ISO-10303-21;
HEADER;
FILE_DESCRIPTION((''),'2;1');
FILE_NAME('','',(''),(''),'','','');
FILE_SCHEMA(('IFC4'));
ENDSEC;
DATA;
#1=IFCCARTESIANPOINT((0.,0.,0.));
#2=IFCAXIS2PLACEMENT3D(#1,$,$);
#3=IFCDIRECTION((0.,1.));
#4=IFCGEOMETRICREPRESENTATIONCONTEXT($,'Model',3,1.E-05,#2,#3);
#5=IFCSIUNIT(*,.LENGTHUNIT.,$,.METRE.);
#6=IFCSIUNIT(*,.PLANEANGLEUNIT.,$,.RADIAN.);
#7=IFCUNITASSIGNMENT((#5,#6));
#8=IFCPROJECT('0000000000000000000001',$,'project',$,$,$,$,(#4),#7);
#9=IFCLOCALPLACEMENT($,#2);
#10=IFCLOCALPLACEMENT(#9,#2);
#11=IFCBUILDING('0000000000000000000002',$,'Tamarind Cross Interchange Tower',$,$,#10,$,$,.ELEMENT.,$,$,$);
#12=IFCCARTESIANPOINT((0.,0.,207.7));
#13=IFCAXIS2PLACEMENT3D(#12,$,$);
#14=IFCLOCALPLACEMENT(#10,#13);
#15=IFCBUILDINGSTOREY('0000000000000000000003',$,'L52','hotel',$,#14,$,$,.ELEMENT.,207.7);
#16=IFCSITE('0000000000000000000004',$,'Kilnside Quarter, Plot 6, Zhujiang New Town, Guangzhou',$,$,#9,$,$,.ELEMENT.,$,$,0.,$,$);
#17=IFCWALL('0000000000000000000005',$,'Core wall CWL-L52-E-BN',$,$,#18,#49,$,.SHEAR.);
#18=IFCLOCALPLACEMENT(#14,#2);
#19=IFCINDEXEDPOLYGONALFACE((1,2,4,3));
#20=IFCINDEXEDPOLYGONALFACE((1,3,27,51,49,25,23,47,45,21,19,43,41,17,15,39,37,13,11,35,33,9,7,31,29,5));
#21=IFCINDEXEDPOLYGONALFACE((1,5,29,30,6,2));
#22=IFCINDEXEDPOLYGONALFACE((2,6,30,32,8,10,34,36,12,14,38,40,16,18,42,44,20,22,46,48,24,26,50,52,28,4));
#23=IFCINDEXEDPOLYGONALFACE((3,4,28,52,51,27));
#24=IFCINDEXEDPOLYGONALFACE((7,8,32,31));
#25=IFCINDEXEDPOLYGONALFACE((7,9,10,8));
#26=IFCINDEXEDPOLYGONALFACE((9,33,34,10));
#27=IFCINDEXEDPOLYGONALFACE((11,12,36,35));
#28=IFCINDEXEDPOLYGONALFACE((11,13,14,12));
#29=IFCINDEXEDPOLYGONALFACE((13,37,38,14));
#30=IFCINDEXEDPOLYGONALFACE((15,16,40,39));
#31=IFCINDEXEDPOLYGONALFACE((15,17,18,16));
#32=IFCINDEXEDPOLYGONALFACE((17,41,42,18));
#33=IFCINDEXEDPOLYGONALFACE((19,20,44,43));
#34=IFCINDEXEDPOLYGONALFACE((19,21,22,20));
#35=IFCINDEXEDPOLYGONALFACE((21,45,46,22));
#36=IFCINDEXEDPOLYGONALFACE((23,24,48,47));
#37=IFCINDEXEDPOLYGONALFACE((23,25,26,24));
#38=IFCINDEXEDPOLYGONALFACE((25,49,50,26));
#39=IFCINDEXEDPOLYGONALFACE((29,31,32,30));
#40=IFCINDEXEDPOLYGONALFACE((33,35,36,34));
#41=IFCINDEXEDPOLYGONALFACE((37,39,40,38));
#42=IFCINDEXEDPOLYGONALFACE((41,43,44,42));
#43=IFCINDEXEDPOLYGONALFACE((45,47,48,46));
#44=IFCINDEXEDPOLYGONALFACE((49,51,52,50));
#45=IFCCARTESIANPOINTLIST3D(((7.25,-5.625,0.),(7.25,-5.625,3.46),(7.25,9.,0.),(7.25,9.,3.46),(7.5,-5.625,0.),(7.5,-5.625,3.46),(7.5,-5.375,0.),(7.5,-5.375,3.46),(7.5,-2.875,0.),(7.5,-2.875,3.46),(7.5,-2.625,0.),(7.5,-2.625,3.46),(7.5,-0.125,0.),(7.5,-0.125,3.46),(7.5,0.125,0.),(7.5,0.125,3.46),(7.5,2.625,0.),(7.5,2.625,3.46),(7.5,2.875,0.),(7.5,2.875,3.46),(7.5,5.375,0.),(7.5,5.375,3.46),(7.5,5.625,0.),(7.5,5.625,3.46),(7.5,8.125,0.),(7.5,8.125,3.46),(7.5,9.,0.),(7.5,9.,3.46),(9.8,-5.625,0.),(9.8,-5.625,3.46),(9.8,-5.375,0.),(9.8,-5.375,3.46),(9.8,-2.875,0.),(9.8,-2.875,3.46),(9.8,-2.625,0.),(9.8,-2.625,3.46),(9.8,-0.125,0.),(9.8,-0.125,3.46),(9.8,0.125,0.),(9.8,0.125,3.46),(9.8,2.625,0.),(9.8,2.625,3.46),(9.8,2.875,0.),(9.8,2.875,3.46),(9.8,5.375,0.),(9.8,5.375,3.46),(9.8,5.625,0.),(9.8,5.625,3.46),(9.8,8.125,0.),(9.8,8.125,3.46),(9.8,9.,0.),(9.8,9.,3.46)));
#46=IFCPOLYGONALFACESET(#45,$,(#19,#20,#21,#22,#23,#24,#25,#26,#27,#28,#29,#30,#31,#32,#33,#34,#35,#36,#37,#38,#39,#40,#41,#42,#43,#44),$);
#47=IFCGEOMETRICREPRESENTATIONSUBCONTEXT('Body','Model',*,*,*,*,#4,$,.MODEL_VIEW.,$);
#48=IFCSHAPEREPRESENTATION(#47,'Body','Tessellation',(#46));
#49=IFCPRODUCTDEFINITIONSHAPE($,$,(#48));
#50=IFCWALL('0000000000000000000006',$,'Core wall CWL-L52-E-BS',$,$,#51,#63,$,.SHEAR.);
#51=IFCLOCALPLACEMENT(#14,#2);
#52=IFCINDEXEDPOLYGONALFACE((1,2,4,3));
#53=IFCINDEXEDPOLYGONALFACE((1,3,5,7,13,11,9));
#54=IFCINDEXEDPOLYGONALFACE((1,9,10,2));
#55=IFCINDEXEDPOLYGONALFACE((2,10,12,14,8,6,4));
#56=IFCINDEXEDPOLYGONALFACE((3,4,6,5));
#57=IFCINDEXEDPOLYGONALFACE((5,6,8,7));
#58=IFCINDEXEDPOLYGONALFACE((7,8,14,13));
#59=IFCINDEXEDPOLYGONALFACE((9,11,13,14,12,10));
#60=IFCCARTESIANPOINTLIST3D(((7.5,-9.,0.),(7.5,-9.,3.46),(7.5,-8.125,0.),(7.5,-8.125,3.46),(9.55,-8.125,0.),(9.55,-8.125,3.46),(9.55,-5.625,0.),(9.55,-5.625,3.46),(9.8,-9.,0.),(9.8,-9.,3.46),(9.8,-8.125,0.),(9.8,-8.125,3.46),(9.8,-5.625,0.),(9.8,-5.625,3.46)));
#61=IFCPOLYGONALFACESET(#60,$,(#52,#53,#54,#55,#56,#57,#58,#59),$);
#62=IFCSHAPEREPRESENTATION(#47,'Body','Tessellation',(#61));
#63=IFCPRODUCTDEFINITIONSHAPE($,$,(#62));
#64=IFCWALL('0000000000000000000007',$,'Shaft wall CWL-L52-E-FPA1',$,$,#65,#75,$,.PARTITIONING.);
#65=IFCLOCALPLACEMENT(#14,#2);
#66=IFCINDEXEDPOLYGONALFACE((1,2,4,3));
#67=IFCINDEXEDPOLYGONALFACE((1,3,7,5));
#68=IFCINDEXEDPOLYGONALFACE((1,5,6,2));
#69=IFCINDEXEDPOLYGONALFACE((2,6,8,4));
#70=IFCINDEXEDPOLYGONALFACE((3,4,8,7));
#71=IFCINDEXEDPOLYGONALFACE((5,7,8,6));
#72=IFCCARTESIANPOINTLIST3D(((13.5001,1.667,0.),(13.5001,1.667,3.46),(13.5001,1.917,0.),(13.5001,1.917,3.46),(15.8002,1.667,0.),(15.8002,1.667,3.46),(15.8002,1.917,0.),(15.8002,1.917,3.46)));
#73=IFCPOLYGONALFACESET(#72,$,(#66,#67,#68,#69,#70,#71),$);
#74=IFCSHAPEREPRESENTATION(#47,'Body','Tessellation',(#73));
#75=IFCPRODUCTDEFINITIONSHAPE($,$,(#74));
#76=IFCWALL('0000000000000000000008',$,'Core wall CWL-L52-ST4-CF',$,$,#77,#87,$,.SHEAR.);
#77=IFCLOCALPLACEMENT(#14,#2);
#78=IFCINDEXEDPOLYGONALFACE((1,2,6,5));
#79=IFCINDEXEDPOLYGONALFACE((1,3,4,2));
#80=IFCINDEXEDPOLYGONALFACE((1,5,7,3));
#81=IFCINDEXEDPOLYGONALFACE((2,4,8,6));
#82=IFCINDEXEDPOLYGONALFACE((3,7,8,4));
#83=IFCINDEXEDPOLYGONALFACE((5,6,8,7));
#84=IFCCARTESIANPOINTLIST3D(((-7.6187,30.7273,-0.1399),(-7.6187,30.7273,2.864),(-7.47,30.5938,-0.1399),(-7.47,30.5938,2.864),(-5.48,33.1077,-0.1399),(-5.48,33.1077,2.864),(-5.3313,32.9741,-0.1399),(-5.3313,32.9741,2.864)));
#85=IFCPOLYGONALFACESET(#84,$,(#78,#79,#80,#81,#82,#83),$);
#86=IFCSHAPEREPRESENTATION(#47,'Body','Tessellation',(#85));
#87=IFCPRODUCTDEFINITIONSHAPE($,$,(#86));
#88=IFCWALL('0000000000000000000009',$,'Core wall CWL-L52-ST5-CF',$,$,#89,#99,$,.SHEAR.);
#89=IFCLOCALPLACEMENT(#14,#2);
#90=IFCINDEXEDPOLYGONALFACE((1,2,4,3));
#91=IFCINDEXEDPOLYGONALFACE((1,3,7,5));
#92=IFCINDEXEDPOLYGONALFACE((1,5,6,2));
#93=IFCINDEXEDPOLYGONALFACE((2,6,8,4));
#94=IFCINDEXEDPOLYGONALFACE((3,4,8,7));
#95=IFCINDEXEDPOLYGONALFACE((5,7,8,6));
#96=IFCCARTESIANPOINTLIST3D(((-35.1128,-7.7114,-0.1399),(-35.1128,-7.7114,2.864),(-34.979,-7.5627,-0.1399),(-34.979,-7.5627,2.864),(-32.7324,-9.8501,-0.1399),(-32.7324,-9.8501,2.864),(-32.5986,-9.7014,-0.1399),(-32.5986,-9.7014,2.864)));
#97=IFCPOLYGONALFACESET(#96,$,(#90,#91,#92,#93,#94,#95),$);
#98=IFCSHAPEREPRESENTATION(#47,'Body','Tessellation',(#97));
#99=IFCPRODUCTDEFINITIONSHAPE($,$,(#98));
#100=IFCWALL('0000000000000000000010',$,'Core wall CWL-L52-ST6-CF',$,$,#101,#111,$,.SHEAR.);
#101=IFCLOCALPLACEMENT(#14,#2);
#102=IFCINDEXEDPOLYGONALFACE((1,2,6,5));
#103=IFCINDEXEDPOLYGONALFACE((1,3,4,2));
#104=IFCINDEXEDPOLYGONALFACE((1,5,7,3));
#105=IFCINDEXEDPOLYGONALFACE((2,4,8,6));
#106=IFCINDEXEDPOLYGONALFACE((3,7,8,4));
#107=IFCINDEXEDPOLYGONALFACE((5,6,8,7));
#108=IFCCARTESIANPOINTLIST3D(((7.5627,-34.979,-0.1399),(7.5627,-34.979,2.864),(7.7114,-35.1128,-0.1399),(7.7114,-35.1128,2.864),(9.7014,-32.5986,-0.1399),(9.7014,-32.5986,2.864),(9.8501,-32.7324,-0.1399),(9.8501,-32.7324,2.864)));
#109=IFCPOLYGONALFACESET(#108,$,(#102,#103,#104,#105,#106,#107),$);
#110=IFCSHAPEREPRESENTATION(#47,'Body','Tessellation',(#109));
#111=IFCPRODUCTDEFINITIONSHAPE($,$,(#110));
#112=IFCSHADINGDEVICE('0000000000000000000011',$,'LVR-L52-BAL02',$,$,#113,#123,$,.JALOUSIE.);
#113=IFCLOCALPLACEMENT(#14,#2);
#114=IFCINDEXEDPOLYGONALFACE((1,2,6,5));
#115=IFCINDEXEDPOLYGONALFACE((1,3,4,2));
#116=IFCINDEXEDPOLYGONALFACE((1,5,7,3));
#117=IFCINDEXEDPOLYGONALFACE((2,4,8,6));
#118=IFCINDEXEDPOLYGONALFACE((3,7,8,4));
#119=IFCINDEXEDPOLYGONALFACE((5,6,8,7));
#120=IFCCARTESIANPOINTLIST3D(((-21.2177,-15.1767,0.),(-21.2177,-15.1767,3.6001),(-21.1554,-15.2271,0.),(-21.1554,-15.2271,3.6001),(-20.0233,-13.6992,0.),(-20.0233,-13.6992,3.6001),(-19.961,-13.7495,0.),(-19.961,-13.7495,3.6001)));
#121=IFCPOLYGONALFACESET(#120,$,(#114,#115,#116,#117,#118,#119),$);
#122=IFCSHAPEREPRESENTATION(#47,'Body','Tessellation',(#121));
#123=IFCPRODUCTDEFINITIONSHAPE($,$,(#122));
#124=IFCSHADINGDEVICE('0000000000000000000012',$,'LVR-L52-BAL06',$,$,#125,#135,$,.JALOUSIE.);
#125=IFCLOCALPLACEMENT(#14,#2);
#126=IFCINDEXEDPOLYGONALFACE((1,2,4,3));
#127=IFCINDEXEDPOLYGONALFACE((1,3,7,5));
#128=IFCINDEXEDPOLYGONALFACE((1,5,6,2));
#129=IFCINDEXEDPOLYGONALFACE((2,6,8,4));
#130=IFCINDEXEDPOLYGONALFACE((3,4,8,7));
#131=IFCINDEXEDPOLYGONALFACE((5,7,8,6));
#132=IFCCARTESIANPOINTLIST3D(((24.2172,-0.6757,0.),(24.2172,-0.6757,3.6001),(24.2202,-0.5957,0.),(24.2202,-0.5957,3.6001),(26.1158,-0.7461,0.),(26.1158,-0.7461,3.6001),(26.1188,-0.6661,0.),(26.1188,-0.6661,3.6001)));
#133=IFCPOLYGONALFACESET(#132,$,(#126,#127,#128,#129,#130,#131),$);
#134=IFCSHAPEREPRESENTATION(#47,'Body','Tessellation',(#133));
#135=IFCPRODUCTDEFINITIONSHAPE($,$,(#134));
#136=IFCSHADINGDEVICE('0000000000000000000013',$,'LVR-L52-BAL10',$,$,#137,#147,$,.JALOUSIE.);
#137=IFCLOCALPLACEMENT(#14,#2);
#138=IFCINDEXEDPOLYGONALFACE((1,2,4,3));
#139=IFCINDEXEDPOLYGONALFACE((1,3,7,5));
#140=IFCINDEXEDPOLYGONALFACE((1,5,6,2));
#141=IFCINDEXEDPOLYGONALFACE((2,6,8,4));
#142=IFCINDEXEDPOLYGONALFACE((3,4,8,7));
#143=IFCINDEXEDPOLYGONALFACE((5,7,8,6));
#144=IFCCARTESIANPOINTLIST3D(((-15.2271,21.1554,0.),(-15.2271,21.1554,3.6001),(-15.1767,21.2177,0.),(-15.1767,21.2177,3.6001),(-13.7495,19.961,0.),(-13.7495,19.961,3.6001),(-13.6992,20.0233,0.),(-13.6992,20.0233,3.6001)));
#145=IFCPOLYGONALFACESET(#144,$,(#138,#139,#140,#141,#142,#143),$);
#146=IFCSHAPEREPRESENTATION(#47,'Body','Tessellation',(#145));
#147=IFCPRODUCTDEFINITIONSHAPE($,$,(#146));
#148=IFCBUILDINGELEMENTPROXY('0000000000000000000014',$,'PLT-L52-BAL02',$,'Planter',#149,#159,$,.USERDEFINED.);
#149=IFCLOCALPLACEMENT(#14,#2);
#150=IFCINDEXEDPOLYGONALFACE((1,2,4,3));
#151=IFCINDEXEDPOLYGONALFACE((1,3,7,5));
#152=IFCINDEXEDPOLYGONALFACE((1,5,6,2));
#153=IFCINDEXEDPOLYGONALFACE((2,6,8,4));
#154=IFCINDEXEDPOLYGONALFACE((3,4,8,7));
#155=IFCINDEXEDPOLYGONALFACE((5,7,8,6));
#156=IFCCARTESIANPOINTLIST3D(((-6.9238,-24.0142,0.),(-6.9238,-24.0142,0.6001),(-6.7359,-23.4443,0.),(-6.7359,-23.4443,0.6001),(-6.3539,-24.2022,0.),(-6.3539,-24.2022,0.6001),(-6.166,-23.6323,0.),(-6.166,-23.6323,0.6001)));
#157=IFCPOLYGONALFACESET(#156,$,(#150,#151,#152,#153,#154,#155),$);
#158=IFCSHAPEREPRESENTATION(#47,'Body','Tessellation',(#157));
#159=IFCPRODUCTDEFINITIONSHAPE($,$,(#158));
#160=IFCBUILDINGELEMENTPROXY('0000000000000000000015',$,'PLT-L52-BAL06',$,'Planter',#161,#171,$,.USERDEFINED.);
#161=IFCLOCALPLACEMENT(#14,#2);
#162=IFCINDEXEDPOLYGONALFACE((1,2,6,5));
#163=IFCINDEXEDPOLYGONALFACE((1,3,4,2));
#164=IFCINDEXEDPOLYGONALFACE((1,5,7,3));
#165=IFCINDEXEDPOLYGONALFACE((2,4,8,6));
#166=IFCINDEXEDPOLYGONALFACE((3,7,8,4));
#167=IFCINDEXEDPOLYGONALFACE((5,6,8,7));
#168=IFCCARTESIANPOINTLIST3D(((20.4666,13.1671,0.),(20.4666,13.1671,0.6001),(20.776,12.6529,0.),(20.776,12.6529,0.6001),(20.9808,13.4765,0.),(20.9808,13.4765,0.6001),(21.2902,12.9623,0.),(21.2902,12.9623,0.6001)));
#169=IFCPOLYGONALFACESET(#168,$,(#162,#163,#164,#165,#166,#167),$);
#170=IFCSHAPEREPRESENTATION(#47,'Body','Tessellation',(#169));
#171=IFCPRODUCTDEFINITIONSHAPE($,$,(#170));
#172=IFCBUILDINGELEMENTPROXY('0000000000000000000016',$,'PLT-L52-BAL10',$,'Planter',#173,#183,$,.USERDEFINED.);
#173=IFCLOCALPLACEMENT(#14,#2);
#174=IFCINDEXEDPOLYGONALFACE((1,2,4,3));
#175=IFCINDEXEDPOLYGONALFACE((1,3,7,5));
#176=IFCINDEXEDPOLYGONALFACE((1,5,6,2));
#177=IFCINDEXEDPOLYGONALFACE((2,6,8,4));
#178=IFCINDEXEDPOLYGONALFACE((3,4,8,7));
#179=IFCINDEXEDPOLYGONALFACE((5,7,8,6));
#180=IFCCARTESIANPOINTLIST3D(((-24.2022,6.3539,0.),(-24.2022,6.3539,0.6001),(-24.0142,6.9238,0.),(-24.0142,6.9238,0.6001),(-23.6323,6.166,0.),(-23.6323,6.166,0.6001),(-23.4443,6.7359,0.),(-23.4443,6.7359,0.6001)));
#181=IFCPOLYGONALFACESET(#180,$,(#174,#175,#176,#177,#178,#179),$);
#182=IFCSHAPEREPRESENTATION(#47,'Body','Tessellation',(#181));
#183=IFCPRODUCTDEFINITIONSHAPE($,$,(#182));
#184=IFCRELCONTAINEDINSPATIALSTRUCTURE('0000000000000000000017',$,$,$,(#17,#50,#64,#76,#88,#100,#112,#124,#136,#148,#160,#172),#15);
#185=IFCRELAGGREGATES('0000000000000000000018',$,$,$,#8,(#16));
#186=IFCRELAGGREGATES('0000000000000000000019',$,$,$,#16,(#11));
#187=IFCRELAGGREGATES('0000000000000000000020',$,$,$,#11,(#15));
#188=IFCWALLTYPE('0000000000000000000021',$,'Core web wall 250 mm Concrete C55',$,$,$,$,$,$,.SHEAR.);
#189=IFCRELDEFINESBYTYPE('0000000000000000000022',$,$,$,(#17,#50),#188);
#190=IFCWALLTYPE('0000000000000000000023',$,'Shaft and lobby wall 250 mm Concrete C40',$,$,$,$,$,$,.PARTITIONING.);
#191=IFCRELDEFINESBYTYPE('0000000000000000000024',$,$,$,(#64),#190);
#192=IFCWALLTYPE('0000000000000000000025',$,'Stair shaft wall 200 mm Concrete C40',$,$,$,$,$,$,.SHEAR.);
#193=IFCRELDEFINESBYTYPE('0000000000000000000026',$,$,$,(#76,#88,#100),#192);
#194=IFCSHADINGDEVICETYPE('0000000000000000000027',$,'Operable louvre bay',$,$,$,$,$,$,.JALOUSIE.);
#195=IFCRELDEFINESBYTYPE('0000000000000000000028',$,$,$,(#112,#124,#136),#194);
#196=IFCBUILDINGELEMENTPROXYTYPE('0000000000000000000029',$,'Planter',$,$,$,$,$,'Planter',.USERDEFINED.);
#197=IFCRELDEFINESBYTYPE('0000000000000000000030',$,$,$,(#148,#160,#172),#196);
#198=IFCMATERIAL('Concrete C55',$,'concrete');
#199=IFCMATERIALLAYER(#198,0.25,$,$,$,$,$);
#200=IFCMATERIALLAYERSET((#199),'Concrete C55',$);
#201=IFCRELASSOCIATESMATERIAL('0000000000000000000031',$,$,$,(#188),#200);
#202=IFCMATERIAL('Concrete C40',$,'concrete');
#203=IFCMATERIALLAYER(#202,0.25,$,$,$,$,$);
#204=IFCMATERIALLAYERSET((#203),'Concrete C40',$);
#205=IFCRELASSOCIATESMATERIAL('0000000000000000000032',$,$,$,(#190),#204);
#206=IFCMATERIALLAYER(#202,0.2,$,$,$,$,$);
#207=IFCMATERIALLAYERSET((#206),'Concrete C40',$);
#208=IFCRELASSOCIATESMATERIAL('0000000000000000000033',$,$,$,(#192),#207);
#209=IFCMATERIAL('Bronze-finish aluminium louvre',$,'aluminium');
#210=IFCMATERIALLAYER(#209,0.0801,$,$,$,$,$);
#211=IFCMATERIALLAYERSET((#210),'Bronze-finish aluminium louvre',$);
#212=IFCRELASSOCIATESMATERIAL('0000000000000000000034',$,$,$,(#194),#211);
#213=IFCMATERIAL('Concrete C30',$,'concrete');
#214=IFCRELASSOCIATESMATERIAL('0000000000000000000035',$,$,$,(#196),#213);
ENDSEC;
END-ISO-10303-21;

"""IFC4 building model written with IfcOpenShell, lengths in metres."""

from ifc_helpers import new_model, si_unit, direction, frame, frame_2d, origin, origin_2d, place, context, subcontext, project, spatial, polyline, rectangle, outline, extrude, material, layer, layer_set, type_object, element, save


model = new_model("IFC4")

# Units and contexts
model_context = context("Model", 3, precision=1e-05, world=origin(), true_north=direction((0.0, 1.0)))
body_context = subcontext(model_context, "Body", "Model", "MODEL_VIEW")
ifc_project = project(units=[si_unit("LENGTHUNIT", "METRE"), si_unit("PLANEANGLEUNIT", "RADIAN")], contexts=[model_context])

# Site, building, storey
site_placement = place(None, origin())
site = spatial("IfcSite", under=ifc_project, at=site_placement, Name="Kilnside Quarter, Plot 6, Zhujiang New Town, Guangzhou", CompositionType="ELEMENT", RefElevation=0.0)
building_placement = place(site_placement, origin())
building = spatial("IfcBuilding", under=site, at=building_placement, Name="Tamarind Cross Interchange Tower", CompositionType="ELEMENT")
storey_placement = place(building_placement, frame((0.0, 0.0, 207.7)))
storey = spatial("IfcBuildingStorey", under=building, at=storey_placement, Name="L52", Description="hotel", CompositionType="ELEMENT", Elevation=207.7)

# Shared definitions
ifc_material_1 = material(Name="Concrete C55", Category="concrete")

# Shared definitions
ifc_material_2 = material(Name="Concrete C40", Category="concrete")

# Walls
ifc_layer_1 = layer(ifc_material_1, 0.25)
ifc_layer_set_1 = layer_set([ifc_layer_1], Name="Concrete C55")
wall_type_1 = type_object("IfcWallType", Name="Core web wall 250 mm Concrete C55", PredefinedType="SHEAR", material=ifc_layer_set_1)
wall_1_placement = place(storey_placement, origin())
element("IfcWall", 1, at=wall_1_placement, inside=storey, type_object=wall_type_1, Name="Core wall CWL-L52-E-BN", PredefinedType="SHEAR", context=body_context, shape_type="SweptSolid", body=[
    extrude(outline(polyline([(9.8, -5.375), (7.5, -5.375), (7.5, -2.875), (9.8, -2.875), (9.8, -2.625), (7.5, -2.625), (7.5, -0.125), (9.8, -0.125), (9.8, 0.125), (7.5, 0.125), (7.5, 2.625), (9.8, 2.625), (9.8, 2.875), (7.5, 2.875), (7.5, 5.375), (9.8, 5.375), (9.8, 5.625), (7.5, 5.625), (7.5, 8.125), (9.8, 8.125), (9.8, 9.0), (7.5, 9.0), (7.25, 9.0), (7.25, -5.625), (7.5, -5.625), (9.8, -5.625), (9.8, -5.375)])), origin(), (0.0, 0.0, 1.0), 3.46),
])
wall_2_placement = place(storey_placement, origin())
element("IfcWall", 2, at=wall_2_placement, inside=storey, type_object=wall_type_1, Name="Core wall CWL-L52-E-BS", PredefinedType="SHEAR", context=body_context, shape_type="SweptSolid", body=[
    extrude(outline(polyline([(7.5, -8.125), (7.5, -9.0), (9.8, -9.0), (9.8, -8.125), (9.8, -5.625), (9.55, -5.625), (9.55, -8.125), (7.5, -8.125)])), origin(), (0.0, 0.0, 1.0), 3.46),
])
ifc_layer_2 = layer(ifc_material_2, 0.25)
ifc_layer_set_2 = layer_set([ifc_layer_2], Name="Concrete C40")
wall_type_2 = type_object("IfcWallType", Name="Shaft and lobby wall 250 mm Concrete C40", PredefinedType="PARTITIONING", material=ifc_layer_set_2)
wall_3_placement = place(storey_placement, frame((15.8, 1.792, 0.0), z_axis=(0.0, 0.0, 1.0), x_axis=(-1.0, 0.0, 0.0)))
element("IfcWall", 3, at=wall_3_placement, inside=storey, type_object=wall_type_2, Name="Shaft wall CWL-L52-E-FPA1", PredefinedType="PARTITIONING", context=body_context, shape_type="SweptSolid", body=[
    extrude(rectangle(XDim=2.3, YDim=0.25, at=frame_2d((1.1499, 0.0))), origin(), (0.0, 0.0, 1.0), 3.46),
])
ifc_layer_3 = layer(ifc_material_2, 0.2)
ifc_layer_set_3 = layer_set([ifc_layer_3], Name="Concrete C40")
wall_type_3 = type_object("IfcWallType", Name="Stair shaft wall 200 mm Concrete C40", PredefinedType="SHEAR", material=ifc_layer_set_3)
wall_4_placement = place(storey_placement, frame((0.0, 0.0, -0.1399)))
element("IfcWall", 4, at=wall_4_placement, inside=storey, type_object=wall_type_3, Name="Core wall CWL-L52-ST4-CF", PredefinedType="SHEAR", context=body_context, shape_type="SweptSolid", body=[
    extrude(outline(polyline([(-5.3313, 32.9741), (-5.48, 33.1077), (-7.6187, 30.7273), (-7.47, 30.5938), (-5.3313, 32.9741)])), origin(), (0.0, 0.0, 1.0), 3.0039),
])
wall_5_placement = place(storey_placement, frame((0.0, 0.0, -0.1399)))
element("IfcWall", 5, at=wall_5_placement, inside=storey, type_object=wall_type_3, Name="Core wall CWL-L52-ST5-CF", PredefinedType="SHEAR", context=body_context, shape_type="SweptSolid", body=[
    extrude(outline(polyline([(-34.979, -7.5627), (-35.1128, -7.7114), (-32.7324, -9.8501), (-32.5986, -9.7014), (-34.979, -7.5627)])), origin(), (0.0, 0.0, 1.0), 3.0039),
])
wall_6_placement = place(storey_placement, frame((0.0, 0.0, -0.1399)))
element("IfcWall", 6, at=wall_6_placement, inside=storey, type_object=wall_type_3, Name="Core wall CWL-L52-ST6-CF", PredefinedType="SHEAR", context=body_context, shape_type="SweptSolid", body=[
    extrude(outline(polyline([(7.5627, -34.979), (7.7114, -35.1128), (9.8501, -32.7324), (9.7014, -32.5986), (7.5627, -34.979)])), origin(), (0.0, 0.0, 1.0), 3.0039),
])

# Shading devices
ifc_material_3 = material(Name="Bronze-finish aluminium louvre", Category="aluminium")
ifc_layer_4 = layer(ifc_material_3, 0.0801)
ifc_layer_set_4 = layer_set([ifc_layer_4], Name="Bronze-finish aluminium louvre")
shading_device_type = type_object("IfcShadingDeviceType", Name="Operable louvre bay", PredefinedType="JALOUSIE", material=ifc_layer_set_4)
shading_device_1_placement = place(storey_placement, origin())
element("IfcShadingDevice", 7, at=shading_device_1_placement, inside=storey, type_object=shading_device_type, Name="LVR-L52-BAL02", PredefinedType="JALOUSIE", context=body_context, shape_type="SweptSolid", body=[
    extrude(rectangle(XDim=1.8999, YDim=0.0801, at=origin_2d()), frame((-20.5894, -14.4631, 0.0), z_axis=(0.0, 0.0, 1.0), x_axis=(-0.628657, -0.777683, 0.0)), (0.0, 0.0, 1.0), 3.6001),
])
shading_device_2_placement = place(storey_placement, origin())
element("IfcShadingDevice", 8, at=shading_device_2_placement, inside=storey, type_object=shading_device_type, Name="LVR-L52-BAL06", PredefinedType="JALOUSIE", context=body_context, shape_type="SweptSolid", body=[
    extrude(rectangle(XDim=1.8999, YDim=0.0801, at=origin_2d()), frame((25.168, -0.6709, 0.0), z_axis=(0.0, 0.0, 1.0), x_axis=(0.999314, -0.037025, 0.0)), (0.0, 0.0, 1.0), 3.6001),
])
shading_device_3_placement = place(storey_placement, origin())
element("IfcShadingDevice", 9, at=shading_device_3_placement, inside=storey, type_object=shading_device_type, Name="LVR-L52-BAL10", PredefinedType="JALOUSIE", context=body_context, shape_type="SweptSolid", body=[
    extrude(rectangle(XDim=1.8999, YDim=0.0801, at=origin_2d()), frame((-14.4631, 20.5894, 0.0), z_axis=(0.0, 0.0, 1.0), x_axis=(-0.777683, 0.628657, 0.0)), (0.0, 0.0, 1.0), 3.6001),
])

# Building element proxies
ifc_material_4 = material(Name="Concrete C30", Category="concrete")
building_element_proxy_type = type_object("IfcBuildingElementProxyType", Name="Planter", ElementType="Planter", PredefinedType="USERDEFINED", material=ifc_material_4)
proxy_1_placement = place(storey_placement, origin())
element("IfcBuildingElementProxy", 10, at=proxy_1_placement, inside=storey, type_object=building_element_proxy_type, Name="PLT-L52-BAL02", ObjectType="Planter", PredefinedType="USERDEFINED", context=body_context, shape_type="SweptSolid", body=[
    extrude(rectangle(XDim=0.6001, YDim=0.6001, at=origin_2d()), frame((-6.5449, -23.8232, 0.0), z_axis=(0.0, 0.0, 1.0), x_axis=(0.949688, -0.313199, 0.0)), (0.0, 0.0, 1.0), 0.6001),
])
proxy_2_placement = place(storey_placement, origin())
element("IfcBuildingElementProxy", 11, at=proxy_2_placement, inside=storey, type_object=building_element_proxy_type, Name="PLT-L52-BAL06", ObjectType="Planter", PredefinedType="USERDEFINED", context=body_context, shape_type="SweptSolid", body=[
    extrude(rectangle(XDim=0.6001, YDim=0.6001, at=origin_2d()), frame((20.8784, 13.0647, 0.0), z_axis=(0.0, 0.0, 1.0), x_axis=(-0.515577, 0.856843, 0.0)), (0.0, 0.0, 1.0), 0.6001),
])
proxy_3_placement = place(storey_placement, origin())
element("IfcBuildingElementProxy", 12, at=proxy_3_placement, inside=storey, type_object=building_element_proxy_type, Name="PLT-L52-BAL10", ObjectType="Planter", PredefinedType="USERDEFINED", context=body_context, shape_type="SweptSolid", body=[
    extrude(rectangle(XDim=0.6001, YDim=0.6001, at=origin_2d()), frame((-23.8232, 6.5449, 0.0), z_axis=(0.0, 0.0, 1.0), x_axis=(-0.313199, -0.949688, 0.0)), (0.0, 0.0, 1.0), 0.6001),
])

save(model, "model.ifc")
